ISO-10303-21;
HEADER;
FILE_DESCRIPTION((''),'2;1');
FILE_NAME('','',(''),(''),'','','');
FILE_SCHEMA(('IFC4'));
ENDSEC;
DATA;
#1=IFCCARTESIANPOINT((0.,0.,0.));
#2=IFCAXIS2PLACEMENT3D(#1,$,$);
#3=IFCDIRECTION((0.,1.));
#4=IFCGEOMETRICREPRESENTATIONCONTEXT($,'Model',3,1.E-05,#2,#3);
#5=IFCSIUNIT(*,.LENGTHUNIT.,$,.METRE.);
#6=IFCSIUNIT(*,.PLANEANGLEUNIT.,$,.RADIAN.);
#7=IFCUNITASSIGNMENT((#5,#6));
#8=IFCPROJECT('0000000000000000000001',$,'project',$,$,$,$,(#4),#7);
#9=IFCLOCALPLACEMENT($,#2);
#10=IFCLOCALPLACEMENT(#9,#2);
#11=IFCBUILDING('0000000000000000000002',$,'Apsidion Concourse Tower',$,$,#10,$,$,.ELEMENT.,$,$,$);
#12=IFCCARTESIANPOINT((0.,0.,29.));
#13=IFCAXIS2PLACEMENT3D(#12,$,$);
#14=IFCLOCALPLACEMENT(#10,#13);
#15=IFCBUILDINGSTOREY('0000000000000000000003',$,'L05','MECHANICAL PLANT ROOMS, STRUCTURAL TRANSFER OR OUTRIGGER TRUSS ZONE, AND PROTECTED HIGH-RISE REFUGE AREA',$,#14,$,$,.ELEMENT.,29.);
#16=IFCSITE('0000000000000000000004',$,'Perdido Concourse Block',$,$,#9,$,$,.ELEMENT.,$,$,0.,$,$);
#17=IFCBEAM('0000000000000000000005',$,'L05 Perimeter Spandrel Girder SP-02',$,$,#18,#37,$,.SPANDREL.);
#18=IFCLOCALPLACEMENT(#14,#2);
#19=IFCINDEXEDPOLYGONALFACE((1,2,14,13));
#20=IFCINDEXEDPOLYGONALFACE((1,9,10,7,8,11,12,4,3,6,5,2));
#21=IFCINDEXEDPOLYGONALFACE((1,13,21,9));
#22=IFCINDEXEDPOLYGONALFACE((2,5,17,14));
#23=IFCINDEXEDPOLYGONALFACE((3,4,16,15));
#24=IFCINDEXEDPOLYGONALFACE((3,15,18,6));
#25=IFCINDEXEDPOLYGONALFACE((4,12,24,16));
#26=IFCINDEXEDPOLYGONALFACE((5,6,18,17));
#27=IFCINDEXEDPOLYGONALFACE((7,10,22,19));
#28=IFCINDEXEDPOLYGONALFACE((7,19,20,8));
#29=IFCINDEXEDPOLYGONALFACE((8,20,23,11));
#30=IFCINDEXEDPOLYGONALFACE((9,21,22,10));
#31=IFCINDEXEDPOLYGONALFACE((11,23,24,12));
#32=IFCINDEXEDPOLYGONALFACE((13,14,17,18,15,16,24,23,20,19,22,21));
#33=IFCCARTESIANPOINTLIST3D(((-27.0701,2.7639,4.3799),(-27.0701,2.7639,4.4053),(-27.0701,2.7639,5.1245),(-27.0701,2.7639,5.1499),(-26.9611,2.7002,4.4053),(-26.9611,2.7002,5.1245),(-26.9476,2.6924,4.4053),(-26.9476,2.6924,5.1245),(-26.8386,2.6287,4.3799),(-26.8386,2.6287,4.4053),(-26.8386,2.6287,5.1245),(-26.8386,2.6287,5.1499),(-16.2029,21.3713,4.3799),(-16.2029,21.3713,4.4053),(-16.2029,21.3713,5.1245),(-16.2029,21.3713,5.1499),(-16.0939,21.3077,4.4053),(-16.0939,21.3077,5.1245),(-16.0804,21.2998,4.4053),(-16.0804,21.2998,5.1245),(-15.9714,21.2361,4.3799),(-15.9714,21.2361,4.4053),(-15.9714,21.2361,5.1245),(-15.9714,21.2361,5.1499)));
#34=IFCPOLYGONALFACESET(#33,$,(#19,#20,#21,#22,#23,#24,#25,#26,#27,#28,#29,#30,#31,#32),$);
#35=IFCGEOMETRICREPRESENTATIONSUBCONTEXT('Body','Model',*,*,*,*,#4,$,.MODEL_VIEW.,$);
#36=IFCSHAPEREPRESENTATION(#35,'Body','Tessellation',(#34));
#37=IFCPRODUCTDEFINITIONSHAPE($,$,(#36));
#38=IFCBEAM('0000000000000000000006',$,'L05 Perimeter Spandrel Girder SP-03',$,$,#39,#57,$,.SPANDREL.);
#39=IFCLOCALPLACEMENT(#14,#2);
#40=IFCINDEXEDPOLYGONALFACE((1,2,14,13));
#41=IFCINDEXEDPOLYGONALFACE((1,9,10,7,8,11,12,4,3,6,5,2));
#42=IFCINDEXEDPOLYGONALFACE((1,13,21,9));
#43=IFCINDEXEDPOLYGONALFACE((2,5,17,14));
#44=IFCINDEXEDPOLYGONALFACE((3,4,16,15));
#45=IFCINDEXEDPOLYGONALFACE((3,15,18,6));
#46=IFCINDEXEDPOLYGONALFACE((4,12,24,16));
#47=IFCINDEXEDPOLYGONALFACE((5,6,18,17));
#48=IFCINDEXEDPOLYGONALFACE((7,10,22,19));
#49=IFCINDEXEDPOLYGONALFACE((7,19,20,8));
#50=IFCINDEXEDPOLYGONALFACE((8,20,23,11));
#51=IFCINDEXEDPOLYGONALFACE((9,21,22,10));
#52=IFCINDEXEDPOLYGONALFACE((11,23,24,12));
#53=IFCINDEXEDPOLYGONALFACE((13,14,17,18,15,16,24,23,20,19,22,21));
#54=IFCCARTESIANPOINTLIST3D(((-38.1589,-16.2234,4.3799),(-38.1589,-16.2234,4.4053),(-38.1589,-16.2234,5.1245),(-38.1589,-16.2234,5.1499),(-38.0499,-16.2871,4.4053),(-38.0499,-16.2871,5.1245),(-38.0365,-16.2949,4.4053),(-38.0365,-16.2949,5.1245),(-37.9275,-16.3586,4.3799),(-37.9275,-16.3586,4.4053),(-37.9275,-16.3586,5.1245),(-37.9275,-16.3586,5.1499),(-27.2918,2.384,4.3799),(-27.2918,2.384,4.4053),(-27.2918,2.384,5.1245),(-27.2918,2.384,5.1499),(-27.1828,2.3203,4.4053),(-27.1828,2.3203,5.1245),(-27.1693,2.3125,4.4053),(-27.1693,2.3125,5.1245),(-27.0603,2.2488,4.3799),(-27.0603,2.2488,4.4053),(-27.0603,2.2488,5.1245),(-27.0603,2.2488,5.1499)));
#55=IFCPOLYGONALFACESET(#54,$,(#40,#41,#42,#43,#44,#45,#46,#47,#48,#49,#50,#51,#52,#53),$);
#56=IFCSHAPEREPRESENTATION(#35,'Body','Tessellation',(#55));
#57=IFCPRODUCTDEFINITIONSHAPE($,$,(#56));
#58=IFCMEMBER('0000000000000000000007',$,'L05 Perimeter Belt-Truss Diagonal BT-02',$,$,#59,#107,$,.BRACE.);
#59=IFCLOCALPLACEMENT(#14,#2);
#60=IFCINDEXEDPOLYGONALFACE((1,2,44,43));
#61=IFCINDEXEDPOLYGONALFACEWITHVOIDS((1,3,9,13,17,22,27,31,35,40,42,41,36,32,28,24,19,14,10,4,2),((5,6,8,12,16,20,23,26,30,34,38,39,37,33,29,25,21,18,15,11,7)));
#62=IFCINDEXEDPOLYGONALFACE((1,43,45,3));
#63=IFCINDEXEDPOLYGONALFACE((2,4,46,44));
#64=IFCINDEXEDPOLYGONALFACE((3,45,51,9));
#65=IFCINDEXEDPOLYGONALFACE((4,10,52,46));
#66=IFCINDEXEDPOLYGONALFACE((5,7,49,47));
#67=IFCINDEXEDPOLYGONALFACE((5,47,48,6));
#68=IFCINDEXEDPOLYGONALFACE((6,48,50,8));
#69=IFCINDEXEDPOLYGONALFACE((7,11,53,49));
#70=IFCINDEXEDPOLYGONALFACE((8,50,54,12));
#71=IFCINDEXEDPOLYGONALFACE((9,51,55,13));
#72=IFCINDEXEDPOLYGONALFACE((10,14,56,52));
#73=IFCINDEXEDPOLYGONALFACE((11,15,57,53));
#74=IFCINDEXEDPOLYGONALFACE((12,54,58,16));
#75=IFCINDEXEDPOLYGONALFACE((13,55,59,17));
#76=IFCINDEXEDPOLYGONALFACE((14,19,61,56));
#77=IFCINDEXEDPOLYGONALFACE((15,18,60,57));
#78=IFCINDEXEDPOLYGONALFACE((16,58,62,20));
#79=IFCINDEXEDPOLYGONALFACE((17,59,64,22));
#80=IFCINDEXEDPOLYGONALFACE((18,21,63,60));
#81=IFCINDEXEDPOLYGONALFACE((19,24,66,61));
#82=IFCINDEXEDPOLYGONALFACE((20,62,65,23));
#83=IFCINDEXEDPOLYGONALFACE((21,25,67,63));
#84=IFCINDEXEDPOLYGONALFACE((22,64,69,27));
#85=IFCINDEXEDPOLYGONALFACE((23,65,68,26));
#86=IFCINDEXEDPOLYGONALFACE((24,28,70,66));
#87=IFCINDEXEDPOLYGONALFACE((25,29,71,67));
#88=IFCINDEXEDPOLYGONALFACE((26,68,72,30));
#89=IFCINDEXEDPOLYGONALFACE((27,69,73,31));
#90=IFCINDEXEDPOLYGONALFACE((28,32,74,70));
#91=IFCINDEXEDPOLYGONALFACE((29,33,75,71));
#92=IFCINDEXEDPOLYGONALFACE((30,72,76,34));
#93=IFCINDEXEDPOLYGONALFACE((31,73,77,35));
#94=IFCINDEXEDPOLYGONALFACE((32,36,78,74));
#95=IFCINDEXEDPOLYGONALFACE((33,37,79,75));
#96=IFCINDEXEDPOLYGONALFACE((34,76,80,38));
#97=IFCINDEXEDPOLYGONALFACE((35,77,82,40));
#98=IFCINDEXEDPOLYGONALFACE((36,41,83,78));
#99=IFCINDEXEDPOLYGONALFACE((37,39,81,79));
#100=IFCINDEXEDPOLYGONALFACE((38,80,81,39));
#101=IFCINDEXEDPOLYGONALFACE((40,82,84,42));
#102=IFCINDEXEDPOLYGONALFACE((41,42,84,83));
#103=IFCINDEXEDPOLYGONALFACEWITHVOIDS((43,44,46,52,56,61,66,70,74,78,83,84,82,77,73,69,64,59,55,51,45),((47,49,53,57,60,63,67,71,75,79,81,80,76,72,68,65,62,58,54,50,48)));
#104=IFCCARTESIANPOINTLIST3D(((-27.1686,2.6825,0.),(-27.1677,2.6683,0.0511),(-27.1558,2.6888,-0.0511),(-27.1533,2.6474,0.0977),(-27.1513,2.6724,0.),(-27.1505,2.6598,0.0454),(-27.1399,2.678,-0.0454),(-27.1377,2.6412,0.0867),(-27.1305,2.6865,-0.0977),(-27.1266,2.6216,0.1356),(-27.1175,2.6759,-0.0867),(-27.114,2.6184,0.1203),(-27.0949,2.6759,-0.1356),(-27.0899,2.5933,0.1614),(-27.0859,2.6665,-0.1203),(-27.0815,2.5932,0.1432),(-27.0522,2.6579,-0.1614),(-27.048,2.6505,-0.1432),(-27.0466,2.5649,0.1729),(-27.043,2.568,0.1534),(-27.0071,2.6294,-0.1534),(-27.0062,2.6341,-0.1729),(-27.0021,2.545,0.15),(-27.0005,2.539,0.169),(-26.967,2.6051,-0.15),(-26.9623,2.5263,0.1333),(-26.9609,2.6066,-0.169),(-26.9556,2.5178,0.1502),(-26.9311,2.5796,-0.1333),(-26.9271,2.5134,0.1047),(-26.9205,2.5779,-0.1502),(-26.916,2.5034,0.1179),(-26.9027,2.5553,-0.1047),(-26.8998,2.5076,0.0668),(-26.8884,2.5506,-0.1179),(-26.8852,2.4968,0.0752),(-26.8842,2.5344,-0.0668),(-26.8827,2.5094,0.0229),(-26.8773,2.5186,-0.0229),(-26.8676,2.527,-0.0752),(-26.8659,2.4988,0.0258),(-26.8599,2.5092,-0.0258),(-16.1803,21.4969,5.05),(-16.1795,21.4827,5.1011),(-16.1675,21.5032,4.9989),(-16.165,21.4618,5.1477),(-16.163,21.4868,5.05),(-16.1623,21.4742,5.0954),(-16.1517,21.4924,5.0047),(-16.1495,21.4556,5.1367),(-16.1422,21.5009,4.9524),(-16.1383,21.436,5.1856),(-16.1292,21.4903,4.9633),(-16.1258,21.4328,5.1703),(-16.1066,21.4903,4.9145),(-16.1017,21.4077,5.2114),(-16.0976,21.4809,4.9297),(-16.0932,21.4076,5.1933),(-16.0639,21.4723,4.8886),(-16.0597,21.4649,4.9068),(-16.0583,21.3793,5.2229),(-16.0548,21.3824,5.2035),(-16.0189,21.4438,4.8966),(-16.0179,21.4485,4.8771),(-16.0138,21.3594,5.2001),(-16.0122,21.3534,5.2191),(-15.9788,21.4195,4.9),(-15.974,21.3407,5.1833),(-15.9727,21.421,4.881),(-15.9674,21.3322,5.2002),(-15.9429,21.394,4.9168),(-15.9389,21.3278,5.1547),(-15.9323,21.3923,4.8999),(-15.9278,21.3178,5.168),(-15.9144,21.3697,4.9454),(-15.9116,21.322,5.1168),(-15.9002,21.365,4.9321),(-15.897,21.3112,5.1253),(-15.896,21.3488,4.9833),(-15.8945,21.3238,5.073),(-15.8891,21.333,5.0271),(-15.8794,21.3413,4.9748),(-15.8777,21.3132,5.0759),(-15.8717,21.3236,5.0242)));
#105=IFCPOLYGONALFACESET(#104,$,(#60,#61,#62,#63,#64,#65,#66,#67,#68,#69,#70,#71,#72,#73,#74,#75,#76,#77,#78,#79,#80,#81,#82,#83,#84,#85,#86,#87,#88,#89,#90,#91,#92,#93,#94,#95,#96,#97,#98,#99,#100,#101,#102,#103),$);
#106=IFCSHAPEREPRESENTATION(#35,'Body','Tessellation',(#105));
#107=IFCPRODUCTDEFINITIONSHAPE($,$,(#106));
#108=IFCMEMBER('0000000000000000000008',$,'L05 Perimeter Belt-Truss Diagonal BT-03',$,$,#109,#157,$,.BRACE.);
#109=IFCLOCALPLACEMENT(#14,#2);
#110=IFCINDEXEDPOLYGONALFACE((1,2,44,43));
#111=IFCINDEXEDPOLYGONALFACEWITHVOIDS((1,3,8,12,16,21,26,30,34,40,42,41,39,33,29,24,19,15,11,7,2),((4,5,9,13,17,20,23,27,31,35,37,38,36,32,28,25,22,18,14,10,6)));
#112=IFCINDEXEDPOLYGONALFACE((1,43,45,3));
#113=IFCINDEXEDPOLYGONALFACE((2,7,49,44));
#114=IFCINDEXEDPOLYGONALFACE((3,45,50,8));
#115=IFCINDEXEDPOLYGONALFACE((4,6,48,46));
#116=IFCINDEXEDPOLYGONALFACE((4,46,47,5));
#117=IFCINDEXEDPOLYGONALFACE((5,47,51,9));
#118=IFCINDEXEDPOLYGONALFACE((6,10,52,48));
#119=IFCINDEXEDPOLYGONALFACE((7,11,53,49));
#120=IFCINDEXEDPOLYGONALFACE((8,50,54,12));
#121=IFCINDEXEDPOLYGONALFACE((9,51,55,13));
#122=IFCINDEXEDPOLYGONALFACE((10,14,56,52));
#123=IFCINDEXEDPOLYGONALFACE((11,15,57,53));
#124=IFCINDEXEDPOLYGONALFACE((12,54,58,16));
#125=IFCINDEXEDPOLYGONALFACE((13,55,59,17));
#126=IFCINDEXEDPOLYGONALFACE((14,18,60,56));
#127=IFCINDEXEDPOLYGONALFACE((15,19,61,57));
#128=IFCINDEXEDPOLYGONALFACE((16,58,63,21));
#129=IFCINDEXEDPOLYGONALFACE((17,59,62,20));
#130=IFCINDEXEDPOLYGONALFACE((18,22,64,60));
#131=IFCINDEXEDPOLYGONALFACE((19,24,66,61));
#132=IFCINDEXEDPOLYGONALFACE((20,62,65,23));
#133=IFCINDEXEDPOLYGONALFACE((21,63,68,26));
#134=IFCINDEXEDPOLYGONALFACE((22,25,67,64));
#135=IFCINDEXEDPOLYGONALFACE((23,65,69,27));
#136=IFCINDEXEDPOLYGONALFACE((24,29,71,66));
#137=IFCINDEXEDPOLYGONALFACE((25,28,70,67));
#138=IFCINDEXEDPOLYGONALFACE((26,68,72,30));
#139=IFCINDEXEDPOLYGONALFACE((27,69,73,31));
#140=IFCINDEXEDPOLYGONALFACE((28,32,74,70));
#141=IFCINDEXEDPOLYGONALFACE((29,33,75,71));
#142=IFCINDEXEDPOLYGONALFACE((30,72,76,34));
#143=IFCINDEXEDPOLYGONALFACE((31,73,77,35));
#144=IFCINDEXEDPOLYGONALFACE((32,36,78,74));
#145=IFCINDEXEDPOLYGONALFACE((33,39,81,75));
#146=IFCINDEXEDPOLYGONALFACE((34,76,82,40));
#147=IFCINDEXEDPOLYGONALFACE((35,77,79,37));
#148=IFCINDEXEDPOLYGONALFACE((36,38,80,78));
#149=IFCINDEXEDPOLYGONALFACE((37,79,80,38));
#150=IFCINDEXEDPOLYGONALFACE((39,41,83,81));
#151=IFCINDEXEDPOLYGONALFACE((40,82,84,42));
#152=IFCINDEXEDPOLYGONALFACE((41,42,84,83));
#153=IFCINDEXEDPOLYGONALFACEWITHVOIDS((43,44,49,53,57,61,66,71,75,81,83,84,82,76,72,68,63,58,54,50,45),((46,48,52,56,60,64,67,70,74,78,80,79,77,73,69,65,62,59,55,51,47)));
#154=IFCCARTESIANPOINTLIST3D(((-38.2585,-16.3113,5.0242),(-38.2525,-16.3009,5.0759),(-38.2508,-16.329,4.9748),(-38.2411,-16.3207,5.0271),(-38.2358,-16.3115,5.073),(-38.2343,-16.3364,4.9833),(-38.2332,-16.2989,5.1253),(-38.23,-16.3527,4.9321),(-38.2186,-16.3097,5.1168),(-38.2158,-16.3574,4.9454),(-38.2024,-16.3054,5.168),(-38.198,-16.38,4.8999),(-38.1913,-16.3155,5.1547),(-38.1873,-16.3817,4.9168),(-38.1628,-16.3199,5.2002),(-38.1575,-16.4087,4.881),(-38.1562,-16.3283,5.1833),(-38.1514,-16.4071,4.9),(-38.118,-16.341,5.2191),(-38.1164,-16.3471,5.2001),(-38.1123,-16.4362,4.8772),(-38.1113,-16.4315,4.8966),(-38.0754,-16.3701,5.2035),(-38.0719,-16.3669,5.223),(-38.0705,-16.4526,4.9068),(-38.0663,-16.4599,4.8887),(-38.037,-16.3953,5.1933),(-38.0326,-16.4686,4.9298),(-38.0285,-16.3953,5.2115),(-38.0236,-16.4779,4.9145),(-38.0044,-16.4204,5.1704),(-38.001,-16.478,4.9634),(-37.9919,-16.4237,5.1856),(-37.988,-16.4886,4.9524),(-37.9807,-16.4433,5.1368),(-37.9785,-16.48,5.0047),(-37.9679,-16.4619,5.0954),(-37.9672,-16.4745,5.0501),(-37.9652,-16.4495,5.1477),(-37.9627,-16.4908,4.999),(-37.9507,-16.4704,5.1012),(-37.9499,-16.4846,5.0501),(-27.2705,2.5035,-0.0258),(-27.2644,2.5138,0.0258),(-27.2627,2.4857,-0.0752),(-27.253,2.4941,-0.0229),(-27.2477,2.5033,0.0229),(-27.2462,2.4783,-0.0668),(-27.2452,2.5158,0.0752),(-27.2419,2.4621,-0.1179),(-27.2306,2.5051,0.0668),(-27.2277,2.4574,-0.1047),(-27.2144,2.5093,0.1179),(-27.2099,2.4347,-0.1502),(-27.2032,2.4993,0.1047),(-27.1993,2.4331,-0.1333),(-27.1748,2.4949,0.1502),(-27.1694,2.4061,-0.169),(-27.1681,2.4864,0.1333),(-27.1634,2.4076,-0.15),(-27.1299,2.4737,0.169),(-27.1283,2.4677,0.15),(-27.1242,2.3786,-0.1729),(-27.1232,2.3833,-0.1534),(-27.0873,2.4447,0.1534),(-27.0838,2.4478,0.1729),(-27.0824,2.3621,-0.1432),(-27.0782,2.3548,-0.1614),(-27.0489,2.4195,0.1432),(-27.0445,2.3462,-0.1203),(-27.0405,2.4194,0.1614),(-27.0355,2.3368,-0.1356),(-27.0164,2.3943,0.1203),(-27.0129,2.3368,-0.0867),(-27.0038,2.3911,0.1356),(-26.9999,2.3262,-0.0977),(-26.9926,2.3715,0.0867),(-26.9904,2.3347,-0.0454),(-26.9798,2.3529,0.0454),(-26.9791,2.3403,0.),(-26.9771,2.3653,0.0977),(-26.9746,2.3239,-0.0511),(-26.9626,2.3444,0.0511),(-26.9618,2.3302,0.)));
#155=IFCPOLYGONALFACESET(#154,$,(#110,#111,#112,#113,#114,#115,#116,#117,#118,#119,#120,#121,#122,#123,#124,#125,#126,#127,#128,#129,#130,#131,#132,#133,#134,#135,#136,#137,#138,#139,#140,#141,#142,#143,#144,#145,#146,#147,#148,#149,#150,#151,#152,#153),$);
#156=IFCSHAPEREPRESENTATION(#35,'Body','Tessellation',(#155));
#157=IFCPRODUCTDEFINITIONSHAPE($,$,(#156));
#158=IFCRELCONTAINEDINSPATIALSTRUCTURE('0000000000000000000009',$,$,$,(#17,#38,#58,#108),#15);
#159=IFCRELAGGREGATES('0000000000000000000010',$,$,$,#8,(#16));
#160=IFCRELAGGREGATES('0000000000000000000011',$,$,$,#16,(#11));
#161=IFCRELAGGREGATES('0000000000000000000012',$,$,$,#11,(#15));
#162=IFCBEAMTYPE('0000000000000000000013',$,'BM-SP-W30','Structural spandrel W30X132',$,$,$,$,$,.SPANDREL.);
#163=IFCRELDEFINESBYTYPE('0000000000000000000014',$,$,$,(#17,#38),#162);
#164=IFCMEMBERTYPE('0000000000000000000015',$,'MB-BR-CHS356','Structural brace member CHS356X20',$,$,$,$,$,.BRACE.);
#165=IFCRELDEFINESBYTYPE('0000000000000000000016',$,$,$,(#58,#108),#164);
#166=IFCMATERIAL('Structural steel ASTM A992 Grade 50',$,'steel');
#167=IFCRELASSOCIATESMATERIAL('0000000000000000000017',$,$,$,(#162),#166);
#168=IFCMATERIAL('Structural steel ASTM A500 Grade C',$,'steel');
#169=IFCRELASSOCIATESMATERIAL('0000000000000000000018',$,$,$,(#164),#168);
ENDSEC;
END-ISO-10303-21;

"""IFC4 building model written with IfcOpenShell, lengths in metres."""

from ifc_helpers import new_model, si_unit, direction, frame, origin, origin_2d, place, context, subcontext, project, spatial, hollow_circle, i_section, extrude, material, material_profile, profile_set, type_object, element, save


model = new_model("IFC4")

# Units and contexts
model_context = context("Model", 3, precision=1e-05, world=origin(), true_north=direction((0.0, 1.0)))
body_context = subcontext(model_context, "Body", "Model", "MODEL_VIEW")
ifc_project = project(units=[si_unit("LENGTHUNIT", "METRE"), si_unit("PLANEANGLEUNIT", "RADIAN")], contexts=[model_context])

# Site, building, storey
site_placement = place(None, origin())
site = spatial("IfcSite", under=ifc_project, at=site_placement, Name="Perdido Concourse Block", CompositionType="ELEMENT", RefElevation=0.0)
building_placement = place(site_placement, origin())
building = spatial("IfcBuilding", under=site, at=building_placement, Name="Apsidion Concourse Tower", CompositionType="ELEMENT")
storey_placement = place(building_placement, frame((0.0, 0.0, 29.0)))
storey = spatial("IfcBuildingStorey", under=building, at=storey_placement, Name="L05", Description="MECHANICAL PLANT ROOMS, STRUCTURAL TRANSFER OR OUTRIGGER TRUSS ZONE, AND PROTECTED HIGH-RISE REFUGE AREA", CompositionType="ELEMENT", Elevation=29.0)

# Beams
ifc_material_1 = material(Name="Structural steel ASTM A992 Grade 50", Category="steel")
ifc_material_profile_1 = material_profile(ifc_material_1, i_section(OverallWidth=0.2681, OverallDepth=0.77, WebThickness=0.0156, FlangeThickness=0.0254, at=origin_2d()), Name="W30X132")
ifc_profile_set_1 = profile_set([ifc_material_profile_1], Name="Structural steel ASTM A992 Grade 50")
beam_type_1 = type_object("IfcBeamType", Name="BM-SP-W30", Description="Structural spandrel W30X132", PredefinedType="SPANDREL", material=ifc_profile_set_1)
for number, where, z_axis, x_axis, name in (
    (1, (-16.0872, 21.3037, 4.7649), (-0.504316, -0.863519, 0.0), (0.863519, -0.504316, 0.0), "L05 Perimeter Spandrel Girder SP-02"),
    (2, (-27.176, 2.3164, 4.7649), (-0.504316, -0.863519, 0.0), (0.863519, -0.504316, 0.0), "L05 Perimeter Spandrel Girder SP-03"),
):
    element("IfcBeam", number, at=place(storey_placement, frame(where, z_axis=z_axis, x_axis=x_axis)), inside=storey, type_object=beam_type_1, Name=name, PredefinedType="SPANDREL", context=body_context, shape_type="SweptSolid", body=[
        extrude(i_section(OverallWidth=0.2681, OverallDepth=0.77, WebThickness=0.0156, FlangeThickness=0.0254, at=origin_2d()), origin(), (0.0, 0.0, 1.0), 21.5483),
    ])

# Members
ifc_material_2 = material(Name="Structural steel ASTM A500 Grade C", Category="steel")
ifc_material_profile_2 = material_profile(ifc_material_2, hollow_circle(Radius=0.178, WallThickness=0.02, at=origin_2d()), Name="CHS356X20")
ifc_profile_set_2 = profile_set([ifc_material_profile_2], Name="Structural steel ASTM A500 Grade C")
member_type_1 = type_object("IfcMemberType", Name="MB-BR-CHS356", Description="Structural brace member CHS356X20", PredefinedType="BRACE", material=ifc_profile_set_2)
member_1_placement = place(storey_placement, frame((-27.0149, 2.5928, 0.0), z_axis=(0.491298, 0.841215, 0.225793), x_axis=(-0.863515, 0.504322, 0.0)))
element("IfcMember", 3, at=member_1_placement, inside=storey, type_object=member_type_1, Name="L05 Perimeter Belt-Truss Diagonal BT-02", PredefinedType="BRACE", context=body_context, shape_type="SweptSolid", body=[
    extrude(hollow_circle(Radius=0.178, WallThickness=0.02, at=origin_2d()), origin(), (0.0, 0.0, 1.0), 22.3657),
])
member_2_placement = place(storey_placement, frame((-27.1155, 2.4199, 0.0), z_axis=(-0.491286, -0.841223, 0.225792), x_axis=(0.863523, -0.504309, 0.0)))
element("IfcMember", 4, at=member_2_placement, inside=storey, type_object=member_type_1, Name="L05 Perimeter Belt-Truss Diagonal BT-03", PredefinedType="BRACE", context=body_context, shape_type="SweptSolid", body=[
    extrude(hollow_circle(Radius=0.178, WallThickness=0.02, at=origin_2d()), origin(), (0.0, 0.0, 1.0), 22.366),
])

save(model, "model.ifc")
